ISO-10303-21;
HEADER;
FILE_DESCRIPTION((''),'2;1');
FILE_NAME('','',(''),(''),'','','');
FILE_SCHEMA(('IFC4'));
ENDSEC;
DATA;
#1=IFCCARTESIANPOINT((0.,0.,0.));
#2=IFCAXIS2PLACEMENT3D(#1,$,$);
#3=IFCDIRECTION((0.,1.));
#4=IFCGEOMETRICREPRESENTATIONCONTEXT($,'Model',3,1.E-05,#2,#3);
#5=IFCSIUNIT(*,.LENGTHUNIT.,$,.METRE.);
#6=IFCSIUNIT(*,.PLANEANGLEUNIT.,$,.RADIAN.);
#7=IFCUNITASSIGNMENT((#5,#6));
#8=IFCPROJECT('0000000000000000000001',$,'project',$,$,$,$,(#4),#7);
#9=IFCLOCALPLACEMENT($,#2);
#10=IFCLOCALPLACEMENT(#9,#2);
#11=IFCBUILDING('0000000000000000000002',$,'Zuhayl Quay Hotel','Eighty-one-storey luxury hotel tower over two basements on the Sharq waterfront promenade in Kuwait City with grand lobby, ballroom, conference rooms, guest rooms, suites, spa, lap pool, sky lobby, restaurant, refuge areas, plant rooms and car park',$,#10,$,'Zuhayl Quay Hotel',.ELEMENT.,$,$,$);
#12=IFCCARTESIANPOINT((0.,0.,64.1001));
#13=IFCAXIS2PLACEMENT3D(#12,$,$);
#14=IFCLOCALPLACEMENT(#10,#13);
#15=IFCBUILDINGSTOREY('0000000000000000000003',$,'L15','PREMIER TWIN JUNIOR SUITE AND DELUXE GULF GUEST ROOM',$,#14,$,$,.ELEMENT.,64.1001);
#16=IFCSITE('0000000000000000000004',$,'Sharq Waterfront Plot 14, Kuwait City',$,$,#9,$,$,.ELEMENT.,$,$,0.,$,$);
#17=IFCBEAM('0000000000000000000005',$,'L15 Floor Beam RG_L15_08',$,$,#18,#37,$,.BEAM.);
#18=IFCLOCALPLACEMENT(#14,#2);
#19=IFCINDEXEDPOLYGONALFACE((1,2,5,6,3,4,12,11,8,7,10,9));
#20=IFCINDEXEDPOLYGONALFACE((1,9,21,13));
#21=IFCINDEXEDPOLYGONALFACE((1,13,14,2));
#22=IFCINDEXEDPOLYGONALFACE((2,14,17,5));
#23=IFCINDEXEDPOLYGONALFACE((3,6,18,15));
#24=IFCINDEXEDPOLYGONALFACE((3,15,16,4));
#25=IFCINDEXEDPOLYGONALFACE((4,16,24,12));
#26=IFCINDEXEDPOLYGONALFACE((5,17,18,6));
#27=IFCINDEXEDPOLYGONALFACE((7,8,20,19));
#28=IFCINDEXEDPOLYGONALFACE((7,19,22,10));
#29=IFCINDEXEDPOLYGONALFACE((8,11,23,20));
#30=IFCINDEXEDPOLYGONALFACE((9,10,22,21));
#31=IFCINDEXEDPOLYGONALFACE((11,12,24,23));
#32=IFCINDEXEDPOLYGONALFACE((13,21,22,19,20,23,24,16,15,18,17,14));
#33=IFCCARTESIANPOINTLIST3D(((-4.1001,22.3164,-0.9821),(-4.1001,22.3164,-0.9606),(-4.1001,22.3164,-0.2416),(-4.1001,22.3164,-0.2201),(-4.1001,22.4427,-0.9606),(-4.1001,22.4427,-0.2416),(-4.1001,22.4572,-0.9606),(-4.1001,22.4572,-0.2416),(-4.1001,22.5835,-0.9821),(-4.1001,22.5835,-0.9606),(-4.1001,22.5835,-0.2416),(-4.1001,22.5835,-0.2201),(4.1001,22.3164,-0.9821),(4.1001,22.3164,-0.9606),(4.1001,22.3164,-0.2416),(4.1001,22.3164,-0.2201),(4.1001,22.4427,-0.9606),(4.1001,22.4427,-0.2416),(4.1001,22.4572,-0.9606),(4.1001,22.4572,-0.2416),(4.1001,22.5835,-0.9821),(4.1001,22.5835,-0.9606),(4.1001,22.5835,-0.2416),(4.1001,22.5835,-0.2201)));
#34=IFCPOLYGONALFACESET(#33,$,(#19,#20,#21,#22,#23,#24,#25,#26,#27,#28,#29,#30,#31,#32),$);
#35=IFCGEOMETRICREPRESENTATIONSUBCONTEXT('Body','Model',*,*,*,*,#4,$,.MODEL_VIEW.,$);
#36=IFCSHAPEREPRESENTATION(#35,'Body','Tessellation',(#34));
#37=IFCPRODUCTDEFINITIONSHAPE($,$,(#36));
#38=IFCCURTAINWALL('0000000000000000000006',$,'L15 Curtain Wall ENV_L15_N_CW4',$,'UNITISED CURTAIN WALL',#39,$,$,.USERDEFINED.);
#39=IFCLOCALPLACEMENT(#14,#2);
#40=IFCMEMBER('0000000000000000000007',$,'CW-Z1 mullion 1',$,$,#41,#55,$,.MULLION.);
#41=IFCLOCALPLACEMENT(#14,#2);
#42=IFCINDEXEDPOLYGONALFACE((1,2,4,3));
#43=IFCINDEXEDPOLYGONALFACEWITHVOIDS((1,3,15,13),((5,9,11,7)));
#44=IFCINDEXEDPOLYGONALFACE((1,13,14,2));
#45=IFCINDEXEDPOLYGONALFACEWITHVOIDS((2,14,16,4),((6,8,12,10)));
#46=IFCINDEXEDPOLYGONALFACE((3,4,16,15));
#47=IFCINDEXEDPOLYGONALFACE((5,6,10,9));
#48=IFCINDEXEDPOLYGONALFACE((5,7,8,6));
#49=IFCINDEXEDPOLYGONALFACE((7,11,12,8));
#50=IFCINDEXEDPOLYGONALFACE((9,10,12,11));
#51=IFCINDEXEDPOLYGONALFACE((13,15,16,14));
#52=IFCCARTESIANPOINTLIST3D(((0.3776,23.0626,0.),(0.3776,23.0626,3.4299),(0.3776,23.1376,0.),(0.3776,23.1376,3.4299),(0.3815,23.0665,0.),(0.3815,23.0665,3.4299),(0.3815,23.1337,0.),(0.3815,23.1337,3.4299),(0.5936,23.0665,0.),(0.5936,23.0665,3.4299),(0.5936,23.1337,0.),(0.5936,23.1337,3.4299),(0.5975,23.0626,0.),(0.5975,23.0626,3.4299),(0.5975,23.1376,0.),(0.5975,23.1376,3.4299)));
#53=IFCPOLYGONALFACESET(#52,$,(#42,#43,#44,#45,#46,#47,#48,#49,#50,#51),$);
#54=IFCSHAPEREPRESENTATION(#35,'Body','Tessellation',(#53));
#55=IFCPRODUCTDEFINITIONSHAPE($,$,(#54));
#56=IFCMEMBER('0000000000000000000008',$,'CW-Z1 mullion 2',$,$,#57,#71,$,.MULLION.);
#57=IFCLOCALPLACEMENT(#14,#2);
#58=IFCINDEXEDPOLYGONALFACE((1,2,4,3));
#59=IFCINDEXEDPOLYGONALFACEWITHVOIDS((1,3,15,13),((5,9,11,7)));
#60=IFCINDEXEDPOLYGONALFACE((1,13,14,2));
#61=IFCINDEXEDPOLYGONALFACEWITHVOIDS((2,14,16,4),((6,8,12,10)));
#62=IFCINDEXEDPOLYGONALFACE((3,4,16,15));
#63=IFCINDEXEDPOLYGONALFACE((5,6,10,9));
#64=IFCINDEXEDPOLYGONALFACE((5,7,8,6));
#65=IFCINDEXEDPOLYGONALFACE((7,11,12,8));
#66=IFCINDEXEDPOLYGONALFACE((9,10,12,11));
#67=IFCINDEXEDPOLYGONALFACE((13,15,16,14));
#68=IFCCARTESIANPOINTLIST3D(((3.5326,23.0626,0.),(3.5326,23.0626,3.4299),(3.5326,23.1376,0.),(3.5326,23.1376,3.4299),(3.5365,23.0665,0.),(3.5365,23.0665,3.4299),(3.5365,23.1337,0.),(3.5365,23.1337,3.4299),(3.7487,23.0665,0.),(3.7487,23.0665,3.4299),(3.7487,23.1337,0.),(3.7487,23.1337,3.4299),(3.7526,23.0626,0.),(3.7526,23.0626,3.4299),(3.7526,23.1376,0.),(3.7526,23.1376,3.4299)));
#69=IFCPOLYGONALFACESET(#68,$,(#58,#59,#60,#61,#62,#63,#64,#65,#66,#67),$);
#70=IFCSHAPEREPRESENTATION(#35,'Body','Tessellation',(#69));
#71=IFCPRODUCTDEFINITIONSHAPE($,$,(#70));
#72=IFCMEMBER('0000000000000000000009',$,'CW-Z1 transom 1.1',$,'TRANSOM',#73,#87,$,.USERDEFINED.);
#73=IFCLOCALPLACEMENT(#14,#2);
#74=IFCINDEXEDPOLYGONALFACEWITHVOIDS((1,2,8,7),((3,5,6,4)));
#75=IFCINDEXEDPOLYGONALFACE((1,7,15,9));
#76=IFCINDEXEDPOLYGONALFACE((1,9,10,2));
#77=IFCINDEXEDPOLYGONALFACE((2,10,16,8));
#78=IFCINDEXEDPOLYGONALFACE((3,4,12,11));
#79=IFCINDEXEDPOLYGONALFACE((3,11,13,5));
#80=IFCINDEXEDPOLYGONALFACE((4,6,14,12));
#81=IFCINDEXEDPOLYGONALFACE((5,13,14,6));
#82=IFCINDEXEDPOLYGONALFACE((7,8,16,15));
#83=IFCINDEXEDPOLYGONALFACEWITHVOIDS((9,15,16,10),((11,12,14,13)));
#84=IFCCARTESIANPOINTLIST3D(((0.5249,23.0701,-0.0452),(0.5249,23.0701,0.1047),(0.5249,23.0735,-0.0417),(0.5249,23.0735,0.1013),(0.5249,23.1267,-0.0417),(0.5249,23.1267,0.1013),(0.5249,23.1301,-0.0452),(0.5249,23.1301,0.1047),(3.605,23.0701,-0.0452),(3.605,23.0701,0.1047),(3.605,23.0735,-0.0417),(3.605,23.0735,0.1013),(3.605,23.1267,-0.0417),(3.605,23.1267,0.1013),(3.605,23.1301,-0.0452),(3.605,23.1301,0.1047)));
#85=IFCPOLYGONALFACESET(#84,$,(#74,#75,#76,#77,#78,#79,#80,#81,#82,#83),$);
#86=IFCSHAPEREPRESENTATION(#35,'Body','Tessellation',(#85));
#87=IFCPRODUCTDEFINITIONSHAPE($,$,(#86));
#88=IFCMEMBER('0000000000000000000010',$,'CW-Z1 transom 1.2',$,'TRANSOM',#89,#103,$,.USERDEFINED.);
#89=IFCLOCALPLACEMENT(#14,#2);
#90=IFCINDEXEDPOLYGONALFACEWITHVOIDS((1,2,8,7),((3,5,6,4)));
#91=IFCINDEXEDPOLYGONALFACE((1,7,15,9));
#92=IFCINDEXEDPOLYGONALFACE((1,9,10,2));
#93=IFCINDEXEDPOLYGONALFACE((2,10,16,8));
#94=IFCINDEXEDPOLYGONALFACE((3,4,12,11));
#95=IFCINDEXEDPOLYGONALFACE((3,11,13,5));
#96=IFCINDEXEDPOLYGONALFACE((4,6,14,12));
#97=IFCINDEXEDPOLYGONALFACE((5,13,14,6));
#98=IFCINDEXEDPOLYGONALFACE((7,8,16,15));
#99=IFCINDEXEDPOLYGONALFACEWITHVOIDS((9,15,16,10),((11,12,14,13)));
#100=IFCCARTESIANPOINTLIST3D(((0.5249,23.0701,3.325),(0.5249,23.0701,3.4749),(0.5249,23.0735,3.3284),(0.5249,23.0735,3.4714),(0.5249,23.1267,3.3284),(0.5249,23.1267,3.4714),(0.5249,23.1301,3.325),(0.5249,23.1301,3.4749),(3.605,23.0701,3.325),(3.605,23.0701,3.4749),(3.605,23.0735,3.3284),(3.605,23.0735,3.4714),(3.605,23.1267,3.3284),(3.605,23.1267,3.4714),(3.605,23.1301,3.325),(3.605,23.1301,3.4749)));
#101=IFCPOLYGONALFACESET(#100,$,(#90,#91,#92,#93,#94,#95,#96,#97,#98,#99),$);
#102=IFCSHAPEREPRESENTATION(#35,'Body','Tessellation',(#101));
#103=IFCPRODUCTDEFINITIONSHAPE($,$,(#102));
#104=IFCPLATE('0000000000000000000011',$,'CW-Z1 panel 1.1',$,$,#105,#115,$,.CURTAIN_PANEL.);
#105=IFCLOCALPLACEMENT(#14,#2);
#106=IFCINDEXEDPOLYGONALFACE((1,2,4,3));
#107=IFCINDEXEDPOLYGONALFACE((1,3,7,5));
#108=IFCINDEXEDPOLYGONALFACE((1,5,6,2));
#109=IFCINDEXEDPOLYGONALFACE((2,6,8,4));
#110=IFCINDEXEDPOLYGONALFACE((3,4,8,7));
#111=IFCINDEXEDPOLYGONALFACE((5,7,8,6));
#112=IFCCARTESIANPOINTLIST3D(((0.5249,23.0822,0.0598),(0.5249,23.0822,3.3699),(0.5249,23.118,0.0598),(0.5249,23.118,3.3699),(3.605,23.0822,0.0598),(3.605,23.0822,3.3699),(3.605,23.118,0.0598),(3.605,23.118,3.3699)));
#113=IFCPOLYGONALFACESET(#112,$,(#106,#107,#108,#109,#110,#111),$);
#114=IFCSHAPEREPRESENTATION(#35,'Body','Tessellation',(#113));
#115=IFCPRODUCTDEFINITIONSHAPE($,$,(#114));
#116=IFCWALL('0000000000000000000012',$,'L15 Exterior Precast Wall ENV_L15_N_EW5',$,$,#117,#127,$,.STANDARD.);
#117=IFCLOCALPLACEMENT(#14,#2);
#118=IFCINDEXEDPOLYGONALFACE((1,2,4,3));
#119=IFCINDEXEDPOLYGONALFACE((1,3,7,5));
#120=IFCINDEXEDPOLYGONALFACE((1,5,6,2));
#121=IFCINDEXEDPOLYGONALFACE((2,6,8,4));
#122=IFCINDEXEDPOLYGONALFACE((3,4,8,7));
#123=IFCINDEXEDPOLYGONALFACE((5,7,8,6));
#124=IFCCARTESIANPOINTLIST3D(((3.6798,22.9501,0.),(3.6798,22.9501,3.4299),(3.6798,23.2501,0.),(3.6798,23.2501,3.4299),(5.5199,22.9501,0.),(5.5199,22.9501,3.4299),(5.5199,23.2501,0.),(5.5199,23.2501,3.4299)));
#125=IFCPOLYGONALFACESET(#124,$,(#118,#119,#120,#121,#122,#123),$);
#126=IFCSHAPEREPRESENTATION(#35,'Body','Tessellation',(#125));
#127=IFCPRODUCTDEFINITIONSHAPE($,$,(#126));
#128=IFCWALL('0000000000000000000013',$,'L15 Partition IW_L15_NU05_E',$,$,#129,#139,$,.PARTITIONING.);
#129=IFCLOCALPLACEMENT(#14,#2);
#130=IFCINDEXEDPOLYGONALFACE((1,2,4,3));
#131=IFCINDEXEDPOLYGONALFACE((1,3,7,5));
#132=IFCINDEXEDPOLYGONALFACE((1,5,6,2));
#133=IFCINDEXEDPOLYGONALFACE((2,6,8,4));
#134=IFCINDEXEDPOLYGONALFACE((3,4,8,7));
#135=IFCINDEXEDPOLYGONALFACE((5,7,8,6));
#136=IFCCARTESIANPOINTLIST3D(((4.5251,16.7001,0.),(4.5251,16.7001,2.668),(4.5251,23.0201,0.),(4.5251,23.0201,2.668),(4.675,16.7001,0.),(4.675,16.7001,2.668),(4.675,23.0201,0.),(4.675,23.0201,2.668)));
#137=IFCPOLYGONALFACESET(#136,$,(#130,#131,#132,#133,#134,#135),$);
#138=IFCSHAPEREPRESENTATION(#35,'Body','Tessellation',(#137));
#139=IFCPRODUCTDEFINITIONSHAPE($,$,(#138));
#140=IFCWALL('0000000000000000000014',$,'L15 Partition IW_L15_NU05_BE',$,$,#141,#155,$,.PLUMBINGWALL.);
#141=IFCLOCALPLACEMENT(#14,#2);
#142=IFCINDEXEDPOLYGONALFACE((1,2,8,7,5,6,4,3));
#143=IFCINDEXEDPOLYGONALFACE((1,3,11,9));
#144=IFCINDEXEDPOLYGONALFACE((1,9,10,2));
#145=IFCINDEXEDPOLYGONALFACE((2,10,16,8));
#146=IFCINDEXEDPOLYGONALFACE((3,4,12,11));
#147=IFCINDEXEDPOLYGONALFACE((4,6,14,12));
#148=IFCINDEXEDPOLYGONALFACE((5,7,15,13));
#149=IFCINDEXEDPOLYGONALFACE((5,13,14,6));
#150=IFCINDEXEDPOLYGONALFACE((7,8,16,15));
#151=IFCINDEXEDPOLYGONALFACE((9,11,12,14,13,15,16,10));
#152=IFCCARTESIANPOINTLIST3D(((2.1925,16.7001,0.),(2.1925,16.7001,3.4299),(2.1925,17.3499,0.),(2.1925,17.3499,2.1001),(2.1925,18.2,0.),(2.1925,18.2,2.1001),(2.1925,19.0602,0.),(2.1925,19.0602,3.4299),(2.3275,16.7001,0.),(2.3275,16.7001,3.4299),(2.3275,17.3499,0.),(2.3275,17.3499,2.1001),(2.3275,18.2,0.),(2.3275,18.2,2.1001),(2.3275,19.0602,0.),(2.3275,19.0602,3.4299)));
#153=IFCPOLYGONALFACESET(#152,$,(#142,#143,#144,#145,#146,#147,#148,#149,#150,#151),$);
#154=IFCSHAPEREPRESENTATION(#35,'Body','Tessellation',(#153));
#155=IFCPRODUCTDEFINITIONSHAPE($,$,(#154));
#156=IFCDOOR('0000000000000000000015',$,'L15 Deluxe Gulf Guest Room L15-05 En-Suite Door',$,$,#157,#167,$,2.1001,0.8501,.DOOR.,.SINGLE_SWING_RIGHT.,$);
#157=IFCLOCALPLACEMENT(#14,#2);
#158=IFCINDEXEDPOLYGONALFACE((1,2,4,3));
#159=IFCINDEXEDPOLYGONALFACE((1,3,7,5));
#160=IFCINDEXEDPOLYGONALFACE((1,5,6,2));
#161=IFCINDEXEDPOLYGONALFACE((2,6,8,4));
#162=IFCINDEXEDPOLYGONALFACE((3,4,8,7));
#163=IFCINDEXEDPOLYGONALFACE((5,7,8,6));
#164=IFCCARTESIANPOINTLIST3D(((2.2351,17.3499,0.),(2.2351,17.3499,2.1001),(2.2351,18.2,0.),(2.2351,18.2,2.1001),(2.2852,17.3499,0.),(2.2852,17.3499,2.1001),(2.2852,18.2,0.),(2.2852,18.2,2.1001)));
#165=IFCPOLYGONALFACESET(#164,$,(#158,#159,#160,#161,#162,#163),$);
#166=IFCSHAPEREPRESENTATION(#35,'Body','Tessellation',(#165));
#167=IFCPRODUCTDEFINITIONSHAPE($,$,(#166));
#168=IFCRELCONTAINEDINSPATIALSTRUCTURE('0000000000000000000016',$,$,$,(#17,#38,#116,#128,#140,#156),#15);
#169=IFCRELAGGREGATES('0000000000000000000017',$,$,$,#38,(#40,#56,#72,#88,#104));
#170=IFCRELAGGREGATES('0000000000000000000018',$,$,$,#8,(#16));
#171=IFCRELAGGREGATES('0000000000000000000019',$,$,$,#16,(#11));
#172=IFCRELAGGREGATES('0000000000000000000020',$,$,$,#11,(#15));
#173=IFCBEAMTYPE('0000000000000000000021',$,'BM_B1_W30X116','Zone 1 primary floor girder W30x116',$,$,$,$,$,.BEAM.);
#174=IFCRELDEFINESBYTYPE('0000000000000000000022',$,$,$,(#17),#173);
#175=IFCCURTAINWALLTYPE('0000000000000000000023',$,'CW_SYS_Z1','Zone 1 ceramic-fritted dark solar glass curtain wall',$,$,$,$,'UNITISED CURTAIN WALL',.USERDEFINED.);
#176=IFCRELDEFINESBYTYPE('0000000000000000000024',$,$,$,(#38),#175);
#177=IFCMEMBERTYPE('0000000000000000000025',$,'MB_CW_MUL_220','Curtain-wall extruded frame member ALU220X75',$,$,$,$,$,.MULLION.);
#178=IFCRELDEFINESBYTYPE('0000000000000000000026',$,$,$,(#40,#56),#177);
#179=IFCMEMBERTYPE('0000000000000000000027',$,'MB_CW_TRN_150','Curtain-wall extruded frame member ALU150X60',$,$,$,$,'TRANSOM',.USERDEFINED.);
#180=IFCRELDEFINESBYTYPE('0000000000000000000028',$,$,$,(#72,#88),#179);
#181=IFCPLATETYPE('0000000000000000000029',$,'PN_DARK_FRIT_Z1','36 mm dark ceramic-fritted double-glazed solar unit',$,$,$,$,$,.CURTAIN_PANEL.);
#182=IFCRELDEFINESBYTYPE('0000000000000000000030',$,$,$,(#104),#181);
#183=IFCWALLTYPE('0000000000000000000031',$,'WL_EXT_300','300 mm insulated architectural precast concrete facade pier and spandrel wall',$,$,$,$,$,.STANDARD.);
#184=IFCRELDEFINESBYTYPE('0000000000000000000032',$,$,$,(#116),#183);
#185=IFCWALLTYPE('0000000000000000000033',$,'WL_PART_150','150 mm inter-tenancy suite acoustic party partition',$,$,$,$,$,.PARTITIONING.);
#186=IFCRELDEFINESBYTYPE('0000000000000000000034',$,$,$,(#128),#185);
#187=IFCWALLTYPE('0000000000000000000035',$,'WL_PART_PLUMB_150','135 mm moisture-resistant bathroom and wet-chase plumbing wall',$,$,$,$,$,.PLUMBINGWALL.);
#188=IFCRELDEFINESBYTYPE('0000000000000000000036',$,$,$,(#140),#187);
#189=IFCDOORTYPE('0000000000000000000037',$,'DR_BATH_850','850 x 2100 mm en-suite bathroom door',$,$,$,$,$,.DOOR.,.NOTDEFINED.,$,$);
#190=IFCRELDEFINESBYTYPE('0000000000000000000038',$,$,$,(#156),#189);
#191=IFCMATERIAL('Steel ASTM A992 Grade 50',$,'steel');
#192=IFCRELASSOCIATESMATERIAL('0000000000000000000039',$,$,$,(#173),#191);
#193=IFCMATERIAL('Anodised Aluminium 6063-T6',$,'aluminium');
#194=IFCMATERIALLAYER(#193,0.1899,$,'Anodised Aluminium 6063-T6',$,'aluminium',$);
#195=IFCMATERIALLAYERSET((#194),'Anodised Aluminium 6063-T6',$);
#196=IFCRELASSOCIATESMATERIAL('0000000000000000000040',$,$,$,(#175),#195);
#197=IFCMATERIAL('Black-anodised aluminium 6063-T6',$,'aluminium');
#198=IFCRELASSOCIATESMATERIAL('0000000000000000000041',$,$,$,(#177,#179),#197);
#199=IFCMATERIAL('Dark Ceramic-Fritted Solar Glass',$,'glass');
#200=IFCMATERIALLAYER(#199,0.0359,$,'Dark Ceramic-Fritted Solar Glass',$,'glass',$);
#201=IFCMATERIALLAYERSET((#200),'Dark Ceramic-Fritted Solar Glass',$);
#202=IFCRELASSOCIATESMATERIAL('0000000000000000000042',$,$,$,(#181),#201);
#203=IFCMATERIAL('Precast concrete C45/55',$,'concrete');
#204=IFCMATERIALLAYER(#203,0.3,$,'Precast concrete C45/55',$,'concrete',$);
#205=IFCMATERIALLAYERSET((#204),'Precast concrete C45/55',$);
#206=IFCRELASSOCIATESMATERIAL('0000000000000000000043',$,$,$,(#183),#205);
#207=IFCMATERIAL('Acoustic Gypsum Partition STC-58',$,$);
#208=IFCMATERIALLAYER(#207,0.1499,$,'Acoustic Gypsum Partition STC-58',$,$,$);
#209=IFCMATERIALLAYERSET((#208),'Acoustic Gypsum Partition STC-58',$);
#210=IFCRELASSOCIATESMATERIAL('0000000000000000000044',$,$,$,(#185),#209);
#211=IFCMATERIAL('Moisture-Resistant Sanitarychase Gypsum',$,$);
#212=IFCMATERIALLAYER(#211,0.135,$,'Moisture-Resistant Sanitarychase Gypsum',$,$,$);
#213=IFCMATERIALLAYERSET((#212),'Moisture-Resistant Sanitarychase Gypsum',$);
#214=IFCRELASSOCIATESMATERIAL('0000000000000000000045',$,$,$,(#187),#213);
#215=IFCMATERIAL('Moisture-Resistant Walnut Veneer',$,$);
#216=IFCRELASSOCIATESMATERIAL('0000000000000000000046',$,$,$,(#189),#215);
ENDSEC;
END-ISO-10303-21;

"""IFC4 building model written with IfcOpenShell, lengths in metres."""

from ifc_helpers import new_model, si_unit, direction, frame, frame_2d, origin, origin_2d, place, context, subcontext, project, spatial, rectangle, hollow_rectangle, i_section, extrude, material, layer, layer_set, material_profile, profile_set, type_object, element, fill, aggregate, save


model = new_model("IFC4")

# Units and contexts
model_context = context("Model", 3, precision=1e-05, world=origin(), true_north=direction((0.0, 1.0)))
body_context = subcontext(model_context, "Body", "Model", "MODEL_VIEW")
ifc_project = project(units=[si_unit("LENGTHUNIT", "METRE"), si_unit("PLANEANGLEUNIT", "RADIAN")], contexts=[model_context])

# Site, building, storey
site_placement = place(None, origin())
site = spatial("IfcSite", under=ifc_project, at=site_placement, Name="Sharq Waterfront Plot 14, Kuwait City", CompositionType="ELEMENT", RefElevation=0.0)
building_placement = place(site_placement, origin())
building = spatial("IfcBuilding", under=site, at=building_placement, Name="Zuhayl Quay Hotel", Description="Eighty-one-storey luxury hotel tower over two basements on the Sharq waterfront promenade in Kuwait City with grand lobby, ballroom, conference rooms, guest rooms, suites, spa, lap pool, sky lobby, restaurant, refuge areas, plant rooms and car park", LongName="Zuhayl Quay Hotel", CompositionType="ELEMENT")
storey_placement = place(building_placement, frame((0.0, 0.0, 64.1001)))
storey = spatial("IfcBuildingStorey", under=building, at=storey_placement, Name="L15", Description="PREMIER TWIN JUNIOR SUITE AND DELUXE GULF GUEST ROOM", CompositionType="ELEMENT", Elevation=64.1001)

# Beam
ifc_material_1 = material(Name="Steel ASTM A992 Grade 50", Category="steel")
ifc_material_profile_1 = material_profile(ifc_material_1, i_section(OverallWidth=0.2671, OverallDepth=0.762, WebThickness=0.0144, FlangeThickness=0.0215, at=origin_2d()), Name="W30X116")
ifc_profile_set_1 = profile_set([ifc_material_profile_1], Name="Steel ASTM A992 Grade 50")
beam_type = type_object("IfcBeamType", Name="BM_B1_W30X116", Description="Zone 1 primary floor girder W30x116", PredefinedType="BEAM", material=ifc_profile_set_1)
beam_placement = place(storey_placement, frame((4.1001, 22.45, -0.6011), z_axis=(-1.0, 0.0, 0.0), x_axis=(0.0, -1.0, 0.0)))
element("IfcBeam", 1, at=beam_placement, inside=storey, type_object=beam_type, Name="L15 Floor Beam RG_L15_08", PredefinedType="BEAM", context=body_context, shape_type="SweptSolid", body=[
    extrude(i_section(OverallWidth=0.2671, OverallDepth=0.762, WebThickness=0.0144, FlangeThickness=0.0215, at=origin_2d()), origin(), (0.0, 0.0, 1.0), 8.2002),
])

# Curtain wall, members, plate
ifc_material_2 = material(Name="Anodised Aluminium 6063-T6", Category="aluminium")
ifc_layer_1 = layer(ifc_material_2, 0.1899, Name="Anodised Aluminium 6063-T6", Category="aluminium")
ifc_layer_set_1 = layer_set([ifc_layer_1], Name="Anodised Aluminium 6063-T6")
curtain_wall_type = type_object("IfcCurtainWallType", Name="CW_SYS_Z1", Description="Zone 1 ceramic-fritted dark solar glass curtain wall", ElementType="UNITISED CURTAIN WALL", PredefinedType="USERDEFINED", material=ifc_layer_set_1)
curtain_wall_placement = place(storey_placement, origin())
curtain_wall = element("IfcCurtainWall", 2, at=curtain_wall_placement, inside=storey, type_object=curtain_wall_type, Name="L15 Curtain Wall ENV_L15_N_CW4", ObjectType="UNITISED CURTAIN WALL", PredefinedType="USERDEFINED")
ifc_material_3 = material(Name="Black-anodised aluminium 6063-T6", Category="aluminium")
ifc_material_profile_2 = material_profile(ifc_material_3, hollow_rectangle(XDim=0.075, YDim=0.22, WallThickness=0.0039, at=origin_2d()), Name="ALU220X75")
ifc_profile_set_2 = profile_set([ifc_material_profile_2], Name="Black-anodised aluminium 6063-T6")
member_type_1 = type_object("IfcMemberType", Name="MB_CW_MUL_220", Description="Curtain-wall extruded frame member ALU220X75", PredefinedType="MULLION", material=ifc_profile_set_2)
member_1_placement = place(storey_placement, frame((0.4875, 23.1001, 0.0), z_axis=(0.0, 0.0, 1.0), x_axis=(0.0, 1.0, 0.0)))
member_1 = element("IfcMember", 3, at=member_1_placement, type_object=member_type_1, Name="CW-Z1 mullion 1", PredefinedType="MULLION", context=body_context, shape_type="SweptSolid", body=[
    extrude(hollow_rectangle(XDim=0.075, YDim=0.22, WallThickness=0.0039, at=origin_2d()), origin(), (0.0, 0.0, 1.0), 3.4299),
])
member_2_placement = place(storey_placement, frame((3.6426, 23.1001, 0.0), z_axis=(0.0, 0.0, 1.0), x_axis=(0.0, 1.0, 0.0)))
member_2 = element("IfcMember", 4, at=member_2_placement, type_object=member_type_1, Name="CW-Z1 mullion 2", PredefinedType="MULLION", context=body_context, shape_type="SweptSolid", body=[
    extrude(hollow_rectangle(XDim=0.075, YDim=0.22, WallThickness=0.0039, at=origin_2d()), origin(), (0.0, 0.0, 1.0), 3.4299),
])
ifc_material_profile_3 = material_profile(ifc_material_3, hollow_rectangle(XDim=0.0601, YDim=0.1499, WallThickness=0.0034, at=origin_2d()), Name="ALU150X60")
ifc_profile_set_3 = profile_set([ifc_material_profile_3], Name="Black-anodised aluminium 6063-T6")
member_type_2 = type_object("IfcMemberType", Name="MB_CW_TRN_150", Description="Curtain-wall extruded frame member ALU150X60", ElementType="TRANSOM", PredefinedType="USERDEFINED", material=ifc_profile_set_3)
member_3_placement = place(storey_placement, frame((0.5249, 23.1001, 0.0298), z_axis=(1.0, 0.0, 0.0), x_axis=(0.0, 1.0, 0.0)))
member_3 = element("IfcMember", 5, at=member_3_placement, type_object=member_type_2, Name="CW-Z1 transom 1.1", ObjectType="TRANSOM", PredefinedType="USERDEFINED", context=body_context, shape_type="SweptSolid", body=[
    extrude(hollow_rectangle(XDim=0.0601, YDim=0.1499, WallThickness=0.0034, at=origin_2d()), origin(), (0.0, 0.0, 1.0), 3.0801),
])
member_4_placement = place(storey_placement, frame((0.5249, 23.1001, 3.3999), z_axis=(1.0, 0.0, 0.0), x_axis=(0.0, 1.0, 0.0)))
member_4 = element("IfcMember", 6, at=member_4_placement, type_object=member_type_2, Name="CW-Z1 transom 1.2", ObjectType="TRANSOM", PredefinedType="USERDEFINED", context=body_context, shape_type="SweptSolid", body=[
    extrude(hollow_rectangle(XDim=0.0601, YDim=0.1499, WallThickness=0.0034, at=origin_2d()), origin(), (0.0, 0.0, 1.0), 3.0801),
])
ifc_material_4 = material(Name="Dark Ceramic-Fritted Solar Glass", Category="glass")
ifc_layer_2 = layer(ifc_material_4, 0.0359, Name="Dark Ceramic-Fritted Solar Glass", Category="glass")
ifc_layer_set_2 = layer_set([ifc_layer_2], Name="Dark Ceramic-Fritted Solar Glass")
plate_type = type_object("IfcPlateType", Name="PN_DARK_FRIT_Z1", Description="36 mm dark ceramic-fritted double-glazed solar unit", PredefinedType="CURTAIN_PANEL", material=ifc_layer_set_2)
plate_placement = place(storey_placement, frame((2.0649, 23.1001, 0.0598), z_axis=(0.0, 0.0, 1.0), x_axis=(1.0, 0.0, 0.0)))
plate = element("IfcPlate", 7, at=plate_placement, type_object=plate_type, Name="CW-Z1 panel 1.1", PredefinedType="CURTAIN_PANEL", context=body_context, shape_type="SweptSolid", body=[
    extrude(rectangle(XDim=3.0801, YDim=0.0359, at=origin_2d()), origin(), (0.0, 0.0, 1.0), 3.3101),
])
aggregate(curtain_wall, [member_1, member_2, member_3, member_4, plate])

# Walls
ifc_material_5 = material(Name="Precast concrete C45/55", Category="concrete")
ifc_layer_3 = layer(ifc_material_5, 0.3, Name="Precast concrete C45/55", Category="concrete")
ifc_layer_set_3 = layer_set([ifc_layer_3], Name="Precast concrete C45/55")
wall_type_1 = type_object("IfcWallType", Name="WL_EXT_300", Description="300 mm insulated architectural precast concrete facade pier and spandrel wall", PredefinedType="STANDARD", material=ifc_layer_set_3)
wall_1_placement = place(storey_placement, frame((3.6799, 23.1001, 0.0), z_axis=(0.0, 0.0, 1.0), x_axis=(1.0, 0.0, 0.0)))
element("IfcWall", 8, at=wall_1_placement, inside=storey, type_object=wall_type_1, Name="L15 Exterior Precast Wall ENV_L15_N_EW5", PredefinedType="STANDARD", context=body_context, shape_type="SweptSolid", body=[
    extrude(rectangle(XDim=1.8401, YDim=0.3, at=frame_2d((0.9199, 0.0))), origin(), (0.0, 0.0, 1.0), 3.4299),
])
ifc_material_6 = material(Name="Acoustic Gypsum Partition STC-58")
ifc_layer_4 = layer(ifc_material_6, 0.1499, Name="Acoustic Gypsum Partition STC-58")
ifc_layer_set_4 = layer_set([ifc_layer_4], Name="Acoustic Gypsum Partition STC-58")
wall_type_2 = type_object("IfcWallType", Name="WL_PART_150", Description="150 mm inter-tenancy suite acoustic party partition", PredefinedType="PARTITIONING", material=ifc_layer_set_4)
wall_2_placement = place(storey_placement, frame((4.6001, 16.7, 0.0), z_axis=(0.0, 0.0, 1.0), x_axis=(0.0, 1.0, 0.0)))
element("IfcWall", 9, at=wall_2_placement, inside=storey, type_object=wall_type_2, Name="L15 Partition IW_L15_NU05_E", PredefinedType="PARTITIONING", context=body_context, shape_type="SweptSolid", body=[
    extrude(rectangle(XDim=6.3201, YDim=0.1499, at=frame_2d((3.1602, 0.0))), origin(), (0.0, 0.0, 1.0), 2.668),
])

# Wall, opening, door
ifc_material_7 = material(Name="Moisture-Resistant Sanitarychase Gypsum")
ifc_layer_5 = layer(ifc_material_7, 0.135, Name="Moisture-Resistant Sanitarychase Gypsum")
ifc_layer_set_5 = layer_set([ifc_layer_5], Name="Moisture-Resistant Sanitarychase Gypsum")
wall_type_3 = type_object("IfcWallType", Name="WL_PART_PLUMB_150", Description="135 mm moisture-resistant bathroom and wet-chase plumbing wall", PredefinedType="PLUMBINGWALL", material=ifc_layer_set_5)
wall_3_placement = place(storey_placement, frame((2.26, 16.7, 0.0), z_axis=(0.0, 0.0, 1.0), x_axis=(0.0, 1.0, 0.0)))
wall_3 = element("IfcWall", 10, at=wall_3_placement, inside=storey, type_object=wall_type_3, Name="L15 Partition IW_L15_NU05_BE", PredefinedType="PLUMBINGWALL", context=body_context, shape_type="SweptSolid", body=[
    extrude(rectangle(XDim=2.3601, YDim=0.135, at=frame_2d((1.1802, 0.0))), origin(), (0.0, 0.0, 1.0), 3.4299),
])
opening_1_placement = place(wall_3_placement, frame((0.6499, 0.0, 0.0)))
opening_1 = element("IfcOpeningElement", 11, at=opening_1_placement, cuts=wall_3, PredefinedType="OPENING", context=body_context, shape_type="SweptSolid", body=[
    extrude(rectangle(XDim=0.8501, YDim=2.1001, at=frame_2d((0.425, 1.05))), frame((0.0, 0.0774, 0.0), z_axis=(0.0, -1.0, 0.0), x_axis=(1.0, 0.0, 0.0)), (0.0, 0.0, 1.0), 0.155),
])
ifc_material_8 = material(Name="Moisture-Resistant Walnut Veneer")
door_type_1 = type_object("IfcDoorType", Name="DR_BATH_850", Description="850 x 2100 mm en-suite bathroom door", OperationType="NOTDEFINED", PredefinedType="DOOR", material=ifc_material_8)
door_1_placement = place(opening_1_placement, origin())
door_1 = element("IfcDoor", 12, at=door_1_placement, inside=storey, type_object=door_type_1, Name="L15 Deluxe Gulf Guest Room L15-05 En-Suite Door", OperationType="SINGLE_SWING_RIGHT", OverallHeight=2.1001, OverallWidth=0.8501, PredefinedType="DOOR", context=body_context, shape_type="SweptSolid", body=[
    extrude(rectangle(XDim=0.8501, YDim=2.1001, at=frame_2d((0.425, 1.05))), frame((0.0, 0.0249, 0.0), z_axis=(0.0, -1.0, 0.0), x_axis=(1.0, 0.0, 0.0)), (0.0, 0.0, 1.0), 0.05),
])
fill(opening_1, door_1)

save(model, "model.ifc")
